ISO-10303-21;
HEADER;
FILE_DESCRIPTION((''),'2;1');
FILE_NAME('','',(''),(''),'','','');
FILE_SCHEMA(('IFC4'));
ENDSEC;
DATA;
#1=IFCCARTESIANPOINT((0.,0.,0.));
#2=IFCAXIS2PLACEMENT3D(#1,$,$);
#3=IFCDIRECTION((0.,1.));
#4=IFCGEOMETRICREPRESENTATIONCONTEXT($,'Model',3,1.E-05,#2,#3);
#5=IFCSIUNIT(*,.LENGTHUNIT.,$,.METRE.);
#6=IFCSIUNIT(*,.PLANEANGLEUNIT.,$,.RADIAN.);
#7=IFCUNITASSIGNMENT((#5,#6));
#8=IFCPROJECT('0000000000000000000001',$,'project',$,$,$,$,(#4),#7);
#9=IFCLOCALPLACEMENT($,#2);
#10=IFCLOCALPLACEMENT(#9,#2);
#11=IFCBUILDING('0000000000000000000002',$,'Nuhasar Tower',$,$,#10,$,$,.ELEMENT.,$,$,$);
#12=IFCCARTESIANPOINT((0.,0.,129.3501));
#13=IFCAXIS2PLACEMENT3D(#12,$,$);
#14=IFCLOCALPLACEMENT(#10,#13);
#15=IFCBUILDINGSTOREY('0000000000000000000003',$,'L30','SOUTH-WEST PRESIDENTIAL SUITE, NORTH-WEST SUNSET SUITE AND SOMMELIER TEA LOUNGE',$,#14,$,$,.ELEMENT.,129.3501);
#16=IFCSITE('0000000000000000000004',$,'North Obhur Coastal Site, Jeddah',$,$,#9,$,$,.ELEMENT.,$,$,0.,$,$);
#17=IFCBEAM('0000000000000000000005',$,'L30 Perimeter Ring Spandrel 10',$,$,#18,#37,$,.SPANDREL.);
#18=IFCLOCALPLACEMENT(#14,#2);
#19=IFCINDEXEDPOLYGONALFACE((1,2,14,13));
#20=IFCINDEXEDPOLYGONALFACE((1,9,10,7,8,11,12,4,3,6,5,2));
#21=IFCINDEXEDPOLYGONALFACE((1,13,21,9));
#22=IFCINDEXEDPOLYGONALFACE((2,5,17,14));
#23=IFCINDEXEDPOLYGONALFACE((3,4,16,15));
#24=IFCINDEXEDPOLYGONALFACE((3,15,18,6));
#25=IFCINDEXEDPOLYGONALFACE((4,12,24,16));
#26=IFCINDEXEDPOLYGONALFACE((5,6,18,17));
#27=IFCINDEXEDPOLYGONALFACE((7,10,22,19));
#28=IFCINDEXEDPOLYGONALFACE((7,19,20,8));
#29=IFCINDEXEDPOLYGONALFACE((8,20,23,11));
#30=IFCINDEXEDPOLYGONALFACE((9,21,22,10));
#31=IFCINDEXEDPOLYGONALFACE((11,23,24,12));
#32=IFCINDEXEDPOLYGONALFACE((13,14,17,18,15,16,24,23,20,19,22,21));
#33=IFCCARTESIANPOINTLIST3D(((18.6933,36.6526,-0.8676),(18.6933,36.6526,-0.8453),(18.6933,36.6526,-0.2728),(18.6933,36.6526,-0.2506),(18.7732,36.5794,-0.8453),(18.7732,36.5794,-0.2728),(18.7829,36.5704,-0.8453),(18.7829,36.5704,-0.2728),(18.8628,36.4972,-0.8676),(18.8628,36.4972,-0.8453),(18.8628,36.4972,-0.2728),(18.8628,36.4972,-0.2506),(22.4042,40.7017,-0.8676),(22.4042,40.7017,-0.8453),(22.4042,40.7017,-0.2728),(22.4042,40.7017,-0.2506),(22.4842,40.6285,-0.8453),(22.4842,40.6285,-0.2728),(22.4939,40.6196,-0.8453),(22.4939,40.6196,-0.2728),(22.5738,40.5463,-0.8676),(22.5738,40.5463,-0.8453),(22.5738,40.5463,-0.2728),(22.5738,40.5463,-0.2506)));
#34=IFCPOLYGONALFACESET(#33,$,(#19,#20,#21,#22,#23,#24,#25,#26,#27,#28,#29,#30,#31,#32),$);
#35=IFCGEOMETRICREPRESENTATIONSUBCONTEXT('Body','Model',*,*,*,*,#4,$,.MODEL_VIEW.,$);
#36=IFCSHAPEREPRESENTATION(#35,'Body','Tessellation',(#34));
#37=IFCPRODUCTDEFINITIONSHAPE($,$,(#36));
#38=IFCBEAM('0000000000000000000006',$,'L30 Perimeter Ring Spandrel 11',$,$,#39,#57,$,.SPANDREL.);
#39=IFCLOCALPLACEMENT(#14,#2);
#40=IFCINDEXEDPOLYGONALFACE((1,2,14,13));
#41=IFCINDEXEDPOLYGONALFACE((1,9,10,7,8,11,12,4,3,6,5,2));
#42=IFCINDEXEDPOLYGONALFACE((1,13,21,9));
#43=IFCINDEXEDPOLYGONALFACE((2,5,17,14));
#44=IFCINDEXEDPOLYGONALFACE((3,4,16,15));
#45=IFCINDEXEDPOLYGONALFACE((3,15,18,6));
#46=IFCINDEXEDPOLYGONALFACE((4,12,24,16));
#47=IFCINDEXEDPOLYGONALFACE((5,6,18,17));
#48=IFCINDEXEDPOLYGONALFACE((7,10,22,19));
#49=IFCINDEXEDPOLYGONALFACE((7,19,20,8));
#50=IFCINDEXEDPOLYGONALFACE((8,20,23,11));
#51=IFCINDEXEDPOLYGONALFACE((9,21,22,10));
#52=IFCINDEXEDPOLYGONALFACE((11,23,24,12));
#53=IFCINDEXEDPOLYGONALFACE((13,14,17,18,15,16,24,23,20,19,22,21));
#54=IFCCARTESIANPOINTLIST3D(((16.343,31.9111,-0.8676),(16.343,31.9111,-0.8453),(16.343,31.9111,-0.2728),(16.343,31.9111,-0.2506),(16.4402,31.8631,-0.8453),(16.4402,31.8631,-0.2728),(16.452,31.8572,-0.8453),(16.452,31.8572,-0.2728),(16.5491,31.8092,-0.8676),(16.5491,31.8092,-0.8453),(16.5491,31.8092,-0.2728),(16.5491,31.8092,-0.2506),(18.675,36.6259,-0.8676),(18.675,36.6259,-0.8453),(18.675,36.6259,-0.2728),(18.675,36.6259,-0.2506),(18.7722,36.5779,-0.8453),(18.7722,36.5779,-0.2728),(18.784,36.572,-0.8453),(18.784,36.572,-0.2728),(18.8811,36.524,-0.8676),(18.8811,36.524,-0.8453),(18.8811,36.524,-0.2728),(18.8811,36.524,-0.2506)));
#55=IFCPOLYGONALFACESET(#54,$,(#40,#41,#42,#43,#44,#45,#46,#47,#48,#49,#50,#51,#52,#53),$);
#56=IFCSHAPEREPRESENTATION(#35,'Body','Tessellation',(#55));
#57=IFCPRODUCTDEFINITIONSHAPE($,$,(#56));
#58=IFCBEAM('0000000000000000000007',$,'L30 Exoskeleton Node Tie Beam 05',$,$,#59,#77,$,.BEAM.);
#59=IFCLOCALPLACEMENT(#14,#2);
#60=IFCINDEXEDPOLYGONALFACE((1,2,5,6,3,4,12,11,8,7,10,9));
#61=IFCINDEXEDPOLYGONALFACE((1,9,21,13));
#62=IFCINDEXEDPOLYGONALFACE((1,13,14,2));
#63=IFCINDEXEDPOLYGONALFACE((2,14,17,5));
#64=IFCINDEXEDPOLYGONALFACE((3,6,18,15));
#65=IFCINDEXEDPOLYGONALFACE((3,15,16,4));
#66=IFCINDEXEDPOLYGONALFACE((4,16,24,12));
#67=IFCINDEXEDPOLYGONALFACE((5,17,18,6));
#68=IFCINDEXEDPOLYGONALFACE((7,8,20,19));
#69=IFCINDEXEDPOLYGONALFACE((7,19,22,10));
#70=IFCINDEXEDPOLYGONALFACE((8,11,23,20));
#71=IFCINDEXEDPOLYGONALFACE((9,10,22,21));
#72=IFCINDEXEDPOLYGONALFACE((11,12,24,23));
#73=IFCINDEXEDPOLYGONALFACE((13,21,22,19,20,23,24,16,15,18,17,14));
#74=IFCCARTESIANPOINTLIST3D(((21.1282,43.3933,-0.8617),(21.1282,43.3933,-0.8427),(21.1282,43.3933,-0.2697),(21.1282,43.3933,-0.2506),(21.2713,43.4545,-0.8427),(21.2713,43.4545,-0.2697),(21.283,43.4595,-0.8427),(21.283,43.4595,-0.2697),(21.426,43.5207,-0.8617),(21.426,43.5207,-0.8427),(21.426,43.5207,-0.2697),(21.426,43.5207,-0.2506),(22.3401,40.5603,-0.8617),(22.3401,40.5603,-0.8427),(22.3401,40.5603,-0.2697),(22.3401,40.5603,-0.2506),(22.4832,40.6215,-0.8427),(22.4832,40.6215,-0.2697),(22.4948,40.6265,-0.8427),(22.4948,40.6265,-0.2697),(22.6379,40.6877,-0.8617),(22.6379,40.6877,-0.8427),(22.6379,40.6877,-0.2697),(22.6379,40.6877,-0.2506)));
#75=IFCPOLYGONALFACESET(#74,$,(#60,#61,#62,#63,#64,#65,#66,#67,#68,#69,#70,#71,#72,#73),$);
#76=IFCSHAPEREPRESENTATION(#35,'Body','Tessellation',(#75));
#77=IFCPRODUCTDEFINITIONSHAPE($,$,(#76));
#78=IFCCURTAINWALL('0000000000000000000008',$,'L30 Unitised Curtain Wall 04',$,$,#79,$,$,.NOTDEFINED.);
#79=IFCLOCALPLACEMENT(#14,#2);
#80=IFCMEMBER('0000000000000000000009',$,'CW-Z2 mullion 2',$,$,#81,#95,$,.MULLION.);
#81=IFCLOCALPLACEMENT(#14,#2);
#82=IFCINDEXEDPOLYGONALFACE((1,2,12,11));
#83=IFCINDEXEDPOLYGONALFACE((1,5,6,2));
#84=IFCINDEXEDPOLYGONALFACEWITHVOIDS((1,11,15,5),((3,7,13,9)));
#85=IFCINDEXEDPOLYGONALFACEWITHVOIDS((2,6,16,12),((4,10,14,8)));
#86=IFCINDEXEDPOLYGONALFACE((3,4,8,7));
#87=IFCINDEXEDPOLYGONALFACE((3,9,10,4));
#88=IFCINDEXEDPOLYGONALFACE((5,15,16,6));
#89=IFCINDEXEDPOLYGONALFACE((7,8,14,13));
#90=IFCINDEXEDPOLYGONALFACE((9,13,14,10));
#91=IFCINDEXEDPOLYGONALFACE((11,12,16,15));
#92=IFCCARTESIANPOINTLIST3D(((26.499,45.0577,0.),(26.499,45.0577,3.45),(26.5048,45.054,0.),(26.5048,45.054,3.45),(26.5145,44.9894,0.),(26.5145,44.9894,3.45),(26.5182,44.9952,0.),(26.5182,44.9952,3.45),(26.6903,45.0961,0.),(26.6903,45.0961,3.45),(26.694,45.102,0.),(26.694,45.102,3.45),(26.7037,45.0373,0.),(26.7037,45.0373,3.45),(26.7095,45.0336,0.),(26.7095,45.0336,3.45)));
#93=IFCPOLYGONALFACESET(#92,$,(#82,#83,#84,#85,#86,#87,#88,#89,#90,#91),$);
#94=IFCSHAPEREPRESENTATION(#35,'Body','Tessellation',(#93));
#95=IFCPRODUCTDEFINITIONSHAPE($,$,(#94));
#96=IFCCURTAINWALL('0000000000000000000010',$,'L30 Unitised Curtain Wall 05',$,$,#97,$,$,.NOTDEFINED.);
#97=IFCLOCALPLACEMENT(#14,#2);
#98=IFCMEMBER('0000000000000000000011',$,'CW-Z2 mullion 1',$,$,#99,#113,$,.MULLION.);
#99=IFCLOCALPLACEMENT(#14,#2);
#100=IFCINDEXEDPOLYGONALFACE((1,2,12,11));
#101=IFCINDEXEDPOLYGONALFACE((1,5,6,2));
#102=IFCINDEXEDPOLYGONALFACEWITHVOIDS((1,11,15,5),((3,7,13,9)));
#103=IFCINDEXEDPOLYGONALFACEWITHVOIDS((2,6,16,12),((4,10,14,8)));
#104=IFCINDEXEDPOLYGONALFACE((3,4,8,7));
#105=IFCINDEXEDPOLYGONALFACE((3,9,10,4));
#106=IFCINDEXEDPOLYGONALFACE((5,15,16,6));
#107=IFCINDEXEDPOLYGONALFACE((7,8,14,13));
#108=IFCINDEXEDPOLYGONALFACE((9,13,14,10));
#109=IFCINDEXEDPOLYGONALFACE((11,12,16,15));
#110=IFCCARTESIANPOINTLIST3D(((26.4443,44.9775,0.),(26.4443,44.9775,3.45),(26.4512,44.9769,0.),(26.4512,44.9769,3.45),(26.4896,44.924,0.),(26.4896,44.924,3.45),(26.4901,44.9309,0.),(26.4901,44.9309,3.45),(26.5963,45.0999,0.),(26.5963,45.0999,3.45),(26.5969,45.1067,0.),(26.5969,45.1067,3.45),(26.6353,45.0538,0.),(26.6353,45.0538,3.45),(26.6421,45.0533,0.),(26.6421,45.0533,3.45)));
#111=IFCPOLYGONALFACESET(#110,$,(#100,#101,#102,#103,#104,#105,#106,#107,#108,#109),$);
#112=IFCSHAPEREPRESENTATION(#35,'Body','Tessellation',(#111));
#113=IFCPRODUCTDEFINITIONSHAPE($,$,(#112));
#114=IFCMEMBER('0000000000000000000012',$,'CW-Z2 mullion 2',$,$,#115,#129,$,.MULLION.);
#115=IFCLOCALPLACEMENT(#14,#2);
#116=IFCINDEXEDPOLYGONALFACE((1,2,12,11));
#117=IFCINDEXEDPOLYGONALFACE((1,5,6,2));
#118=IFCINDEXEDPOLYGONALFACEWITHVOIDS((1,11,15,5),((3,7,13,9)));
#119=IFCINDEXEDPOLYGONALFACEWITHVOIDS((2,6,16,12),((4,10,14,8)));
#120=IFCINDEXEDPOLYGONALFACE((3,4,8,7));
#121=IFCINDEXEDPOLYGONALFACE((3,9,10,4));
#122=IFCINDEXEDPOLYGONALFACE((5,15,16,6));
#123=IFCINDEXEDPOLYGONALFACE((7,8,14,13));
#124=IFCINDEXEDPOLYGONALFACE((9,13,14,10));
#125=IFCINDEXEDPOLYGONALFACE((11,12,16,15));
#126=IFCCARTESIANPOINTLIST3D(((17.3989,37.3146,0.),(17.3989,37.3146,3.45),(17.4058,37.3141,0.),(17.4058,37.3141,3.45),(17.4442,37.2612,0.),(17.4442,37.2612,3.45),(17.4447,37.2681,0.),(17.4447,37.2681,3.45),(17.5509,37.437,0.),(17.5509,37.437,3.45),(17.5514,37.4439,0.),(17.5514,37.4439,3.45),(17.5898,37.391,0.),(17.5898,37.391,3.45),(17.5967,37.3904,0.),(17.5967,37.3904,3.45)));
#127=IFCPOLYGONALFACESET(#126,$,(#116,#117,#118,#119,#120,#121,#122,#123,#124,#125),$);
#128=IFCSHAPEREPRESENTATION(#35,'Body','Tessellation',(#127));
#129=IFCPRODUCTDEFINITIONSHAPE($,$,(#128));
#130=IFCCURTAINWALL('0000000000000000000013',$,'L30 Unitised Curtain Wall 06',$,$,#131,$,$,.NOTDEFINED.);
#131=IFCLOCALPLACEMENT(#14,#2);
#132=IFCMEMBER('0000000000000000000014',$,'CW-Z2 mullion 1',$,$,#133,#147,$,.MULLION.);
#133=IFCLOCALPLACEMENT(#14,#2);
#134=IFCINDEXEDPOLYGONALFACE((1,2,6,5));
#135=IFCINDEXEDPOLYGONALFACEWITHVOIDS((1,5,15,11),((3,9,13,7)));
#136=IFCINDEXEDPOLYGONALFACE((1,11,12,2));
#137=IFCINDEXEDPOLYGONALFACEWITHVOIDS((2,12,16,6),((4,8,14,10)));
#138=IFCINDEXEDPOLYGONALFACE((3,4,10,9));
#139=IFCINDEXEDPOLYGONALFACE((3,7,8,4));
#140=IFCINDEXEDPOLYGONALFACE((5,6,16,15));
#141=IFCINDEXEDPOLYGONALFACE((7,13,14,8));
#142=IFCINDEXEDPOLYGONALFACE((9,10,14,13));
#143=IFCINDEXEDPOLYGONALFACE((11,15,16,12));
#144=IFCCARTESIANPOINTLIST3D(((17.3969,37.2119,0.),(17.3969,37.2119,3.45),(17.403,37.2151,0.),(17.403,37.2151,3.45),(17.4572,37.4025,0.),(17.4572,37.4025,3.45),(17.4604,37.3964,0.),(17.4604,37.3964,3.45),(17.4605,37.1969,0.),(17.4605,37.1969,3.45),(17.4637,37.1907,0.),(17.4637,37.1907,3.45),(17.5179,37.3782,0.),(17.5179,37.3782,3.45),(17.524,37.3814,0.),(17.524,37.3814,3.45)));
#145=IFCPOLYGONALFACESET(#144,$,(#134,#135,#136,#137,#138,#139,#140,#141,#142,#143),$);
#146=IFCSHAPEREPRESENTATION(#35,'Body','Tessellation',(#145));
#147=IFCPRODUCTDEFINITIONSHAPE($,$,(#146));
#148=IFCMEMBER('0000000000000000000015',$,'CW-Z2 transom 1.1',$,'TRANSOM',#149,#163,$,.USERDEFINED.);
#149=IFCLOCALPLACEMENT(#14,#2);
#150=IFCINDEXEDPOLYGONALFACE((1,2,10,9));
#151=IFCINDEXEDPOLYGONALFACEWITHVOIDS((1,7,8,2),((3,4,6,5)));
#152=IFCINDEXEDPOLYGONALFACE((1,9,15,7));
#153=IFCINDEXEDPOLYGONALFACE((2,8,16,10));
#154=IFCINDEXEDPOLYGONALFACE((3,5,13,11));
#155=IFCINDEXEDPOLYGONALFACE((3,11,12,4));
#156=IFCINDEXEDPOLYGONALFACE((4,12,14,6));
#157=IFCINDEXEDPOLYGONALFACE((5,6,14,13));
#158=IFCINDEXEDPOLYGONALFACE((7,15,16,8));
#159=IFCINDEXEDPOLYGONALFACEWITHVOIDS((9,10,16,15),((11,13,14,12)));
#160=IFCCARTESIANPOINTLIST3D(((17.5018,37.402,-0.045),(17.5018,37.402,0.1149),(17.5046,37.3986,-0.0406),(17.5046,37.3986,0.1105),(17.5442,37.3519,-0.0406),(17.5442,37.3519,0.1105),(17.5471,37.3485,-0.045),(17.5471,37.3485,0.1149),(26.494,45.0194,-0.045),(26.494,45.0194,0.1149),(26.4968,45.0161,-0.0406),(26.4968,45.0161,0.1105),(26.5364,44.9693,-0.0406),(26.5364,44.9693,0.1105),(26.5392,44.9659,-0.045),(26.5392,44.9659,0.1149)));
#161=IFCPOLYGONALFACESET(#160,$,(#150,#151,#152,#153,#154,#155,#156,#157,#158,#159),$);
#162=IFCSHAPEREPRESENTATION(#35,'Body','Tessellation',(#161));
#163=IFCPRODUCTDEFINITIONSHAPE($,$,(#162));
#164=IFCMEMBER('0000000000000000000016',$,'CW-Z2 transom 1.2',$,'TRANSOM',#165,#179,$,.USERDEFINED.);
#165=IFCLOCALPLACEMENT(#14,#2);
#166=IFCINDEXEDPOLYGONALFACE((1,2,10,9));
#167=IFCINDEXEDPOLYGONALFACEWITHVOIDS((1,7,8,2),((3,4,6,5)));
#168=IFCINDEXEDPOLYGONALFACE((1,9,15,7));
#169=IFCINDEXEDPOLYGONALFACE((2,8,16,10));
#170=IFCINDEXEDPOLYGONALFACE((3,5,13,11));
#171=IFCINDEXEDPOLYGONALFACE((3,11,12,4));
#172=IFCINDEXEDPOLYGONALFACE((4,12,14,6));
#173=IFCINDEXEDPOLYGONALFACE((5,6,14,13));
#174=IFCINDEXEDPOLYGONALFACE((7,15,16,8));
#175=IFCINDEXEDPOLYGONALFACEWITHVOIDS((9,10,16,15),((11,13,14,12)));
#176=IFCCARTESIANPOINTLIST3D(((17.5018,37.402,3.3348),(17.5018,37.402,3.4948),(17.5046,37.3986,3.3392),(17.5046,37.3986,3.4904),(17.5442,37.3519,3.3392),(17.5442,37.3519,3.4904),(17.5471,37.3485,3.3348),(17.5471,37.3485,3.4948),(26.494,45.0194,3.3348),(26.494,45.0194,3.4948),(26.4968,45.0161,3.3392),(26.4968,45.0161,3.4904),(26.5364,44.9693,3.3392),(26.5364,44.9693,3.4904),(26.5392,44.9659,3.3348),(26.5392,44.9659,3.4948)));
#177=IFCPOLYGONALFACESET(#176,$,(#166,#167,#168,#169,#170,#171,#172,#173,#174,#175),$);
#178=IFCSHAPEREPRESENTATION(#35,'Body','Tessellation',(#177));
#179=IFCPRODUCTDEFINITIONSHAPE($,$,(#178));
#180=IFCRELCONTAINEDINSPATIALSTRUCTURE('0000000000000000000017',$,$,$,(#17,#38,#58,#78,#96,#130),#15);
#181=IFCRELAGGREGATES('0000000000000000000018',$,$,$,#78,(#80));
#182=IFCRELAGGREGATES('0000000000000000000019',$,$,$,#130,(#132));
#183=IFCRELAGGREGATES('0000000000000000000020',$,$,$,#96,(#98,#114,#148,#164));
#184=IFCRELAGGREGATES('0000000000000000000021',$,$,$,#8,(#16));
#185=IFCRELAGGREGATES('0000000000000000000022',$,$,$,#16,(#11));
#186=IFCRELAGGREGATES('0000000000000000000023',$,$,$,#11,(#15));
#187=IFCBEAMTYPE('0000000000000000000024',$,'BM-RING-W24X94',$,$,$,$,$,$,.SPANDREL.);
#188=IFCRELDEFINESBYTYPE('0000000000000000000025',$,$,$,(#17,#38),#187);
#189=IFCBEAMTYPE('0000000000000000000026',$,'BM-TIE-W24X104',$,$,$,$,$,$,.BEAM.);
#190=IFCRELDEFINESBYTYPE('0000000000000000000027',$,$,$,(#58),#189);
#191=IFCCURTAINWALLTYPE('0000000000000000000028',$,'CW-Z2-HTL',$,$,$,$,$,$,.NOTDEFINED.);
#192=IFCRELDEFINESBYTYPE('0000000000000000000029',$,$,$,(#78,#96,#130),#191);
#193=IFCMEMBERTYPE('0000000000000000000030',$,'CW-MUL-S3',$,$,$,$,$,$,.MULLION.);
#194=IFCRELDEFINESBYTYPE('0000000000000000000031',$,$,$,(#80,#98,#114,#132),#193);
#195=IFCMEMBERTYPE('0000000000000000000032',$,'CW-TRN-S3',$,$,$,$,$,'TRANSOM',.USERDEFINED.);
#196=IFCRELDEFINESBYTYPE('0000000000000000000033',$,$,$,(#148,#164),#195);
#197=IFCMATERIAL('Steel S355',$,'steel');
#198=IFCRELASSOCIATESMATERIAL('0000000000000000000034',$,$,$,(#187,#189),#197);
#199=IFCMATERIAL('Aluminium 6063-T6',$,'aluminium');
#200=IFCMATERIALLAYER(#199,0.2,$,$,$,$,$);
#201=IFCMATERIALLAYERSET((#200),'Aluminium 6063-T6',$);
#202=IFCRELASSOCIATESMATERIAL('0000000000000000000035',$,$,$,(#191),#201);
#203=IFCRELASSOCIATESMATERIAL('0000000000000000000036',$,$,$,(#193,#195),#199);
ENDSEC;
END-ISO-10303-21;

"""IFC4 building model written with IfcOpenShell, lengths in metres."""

from ifc_helpers import new_model, si_unit, direction, frame, origin, origin_2d, place, context, subcontext, project, spatial, hollow_rectangle, i_section, extrude, material, layer, layer_set, material_profile, profile_set, type_object, element, aggregate, save


model = new_model("IFC4")

# Units and contexts
model_context = context("Model", 3, precision=1e-05, world=origin(), true_north=direction((0.0, 1.0)))
body_context = subcontext(model_context, "Body", "Model", "MODEL_VIEW")
ifc_project = project(units=[si_unit("LENGTHUNIT", "METRE"), si_unit("PLANEANGLEUNIT", "RADIAN")], contexts=[model_context])

# Site, building, storey
site_placement = place(None, origin())
site = spatial("IfcSite", under=ifc_project, at=site_placement, Name="North Obhur Coastal Site, Jeddah", CompositionType="ELEMENT", RefElevation=0.0)
building_placement = place(site_placement, origin())
building = spatial("IfcBuilding", under=site, at=building_placement, Name="Nuhasar Tower", CompositionType="ELEMENT")
storey_placement = place(building_placement, frame((0.0, 0.0, 129.3501)))
storey = spatial("IfcBuildingStorey", under=building, at=storey_placement, Name="L30", Description="SOUTH-WEST PRESIDENTIAL SUITE, NORTH-WEST SUNSET SUITE AND SOMMELIER TEA LOUNGE", CompositionType="ELEMENT", Elevation=129.3501)

# Beams
ifc_material_1 = material(Name="Steel S355", Category="steel")
ifc_material_profile_1 = material_profile(ifc_material_1, i_section(OverallWidth=0.23, OverallDepth=0.6169, WebThickness=0.0132, FlangeThickness=0.0222, at=origin_2d()), Name="W24X94")
ifc_profile_set_1 = profile_set([ifc_material_profile_1], Name="Steel S355")
beam_type_1 = type_object("IfcBeamType", Name="BM-RING-W24X94", PredefinedType="SPANDREL", material=ifc_profile_set_1)
beam_1_placement = place(storey_placement, frame((22.489, 40.624, -0.5591), z_axis=(-0.675654, -0.737219, 0.0), x_axis=(0.737219, -0.675654, 0.0)))
element("IfcBeam", 1, at=beam_1_placement, inside=storey, type_object=beam_type_1, Name="L30 Perimeter Ring Spandrel 10", PredefinedType="SPANDREL", context=body_context, shape_type="SweptSolid", body=[
    extrude(i_section(OverallWidth=0.23, OverallDepth=0.6169, WebThickness=0.0132, FlangeThickness=0.0222, at=origin_2d()), origin(), (0.0, 0.0, 1.0), 5.4924),
])
beam_2_placement = place(storey_placement, frame((18.7781, 36.575, -0.5591), z_axis=(-0.443348, -0.89635, 0.0), x_axis=(0.89635, -0.443348, 0.0)))
element("IfcBeam", 2, at=beam_2_placement, inside=storey, type_object=beam_type_1, Name="L30 Perimeter Ring Spandrel 11", PredefinedType="SPANDREL", context=body_context, shape_type="SweptSolid", body=[
    extrude(i_section(OverallWidth=0.23, OverallDepth=0.6169, WebThickness=0.0132, FlangeThickness=0.0222, at=origin_2d()), origin(), (0.0, 0.0, 1.0), 5.26),
])
ifc_material_profile_2 = material_profile(ifc_material_1, i_section(OverallWidth=0.324, OverallDepth=0.6111, WebThickness=0.0127, FlangeThickness=0.019, at=origin_2d()), Name="W24X104")
ifc_profile_set_2 = profile_set([ifc_material_profile_2], Name="Steel S355")
beam_type_2 = type_object("IfcBeamType", Name="BM-TIE-W24X104", PredefinedType="BEAM", material=ifc_profile_set_2)
beam_3_placement = place(storey_placement, frame((22.489, 40.624, -0.5562), z_axis=(-0.393307, 0.919407, 0.0), x_axis=(-0.919407, -0.393307, 0.0)))
element("IfcBeam", 3, at=beam_3_placement, inside=storey, type_object=beam_type_2, Name="L30 Exoskeleton Node Tie Beam 05", PredefinedType="BEAM", context=body_context, shape_type="SweptSolid", body=[
    extrude(i_section(OverallWidth=0.324, OverallDepth=0.6111, WebThickness=0.0127, FlangeThickness=0.019, at=origin_2d()), origin(), (0.0, 0.0, 1.0), 3.0813),
])

# Curtain wall, member
ifc_material_2 = material(Name="Aluminium 6063-T6", Category="aluminium")
ifc_layer_1 = layer(ifc_material_2, 0.2)
ifc_layer_set_1 = layer_set([ifc_layer_1], Name="Aluminium 6063-T6")
curtain_wall_type = type_object("IfcCurtainWallType", Name="CW-Z2-HTL", PredefinedType="NOTDEFINED", material=ifc_layer_set_1)
curtain_wall_1_placement = place(storey_placement, origin())
curtain_wall_1 = element("IfcCurtainWall", 4, at=curtain_wall_1_placement, inside=storey, type_object=curtain_wall_type, Name="L30 Unitised Curtain Wall 04", PredefinedType="NOTDEFINED")
ifc_material_profile_3 = material_profile(ifc_material_2, hollow_rectangle(XDim=0.0701, YDim=0.2, WallThickness=0.0049, at=origin_2d()), Name="CWM-3")
ifc_profile_set_3 = profile_set([ifc_material_profile_3], Name="Aluminium 6063-T6")
member_type_1 = type_object("IfcMemberType", Name="CW-MUL-S3", PredefinedType="MULLION", material=ifc_profile_set_3)
member_1_placement = place(storey_placement, frame((26.6042, 45.0457, 0.0), z_axis=(0.0, 0.0, 1.0), x_axis=(0.221397, -0.975184, 0.0)))
member_1 = element("IfcMember", 5, at=member_1_placement, type_object=member_type_1, Name="CW-Z2 mullion 2", PredefinedType="MULLION", context=body_context, shape_type="SweptSolid", body=[
    extrude(hollow_rectangle(XDim=0.0701, YDim=0.2, WallThickness=0.0049, at=origin_2d()), origin(), (0.0, 0.0, 1.0), 3.45),
])
aggregate(curtain_wall_1, [member_1])

# Curtain wall, members
curtain_wall_2_placement = place(storey_placement, origin())
curtain_wall_2 = element("IfcCurtainWall", 6, at=curtain_wall_2_placement, inside=storey, type_object=curtain_wall_type, Name="L30 Unitised Curtain Wall 05", PredefinedType="NOTDEFINED")
member_2_placement = place(storey_placement, frame((26.5432, 45.0154, 0.0), z_axis=(0.0, 0.0, 1.0), x_axis=(0.646374, -0.76302, 0.0)))
member_2 = element("IfcMember", 7, at=member_2_placement, type_object=member_type_1, Name="CW-Z2 mullion 1", PredefinedType="MULLION", context=body_context, shape_type="SweptSolid", body=[
    extrude(hollow_rectangle(XDim=0.0701, YDim=0.2, WallThickness=0.0049, at=origin_2d()), origin(), (0.0, 0.0, 1.0), 3.45),
])
member_3_placement = place(storey_placement, frame((17.4978, 37.3525, 0.0), z_axis=(0.0, 0.0, 1.0), x_axis=(0.646374, -0.76302, 0.0)))
member_3 = element("IfcMember", 8, at=member_3_placement, type_object=member_type_1, Name="CW-Z2 mullion 2", PredefinedType="MULLION", context=body_context, shape_type="SweptSolid", body=[
    extrude(hollow_rectangle(XDim=0.0701, YDim=0.2, WallThickness=0.0049, at=origin_2d()), origin(), (0.0, 0.0, 1.0), 3.45),
])

# Curtain wall, member
curtain_wall_3_placement = place(storey_placement, origin())
curtain_wall_3 = element("IfcCurtainWall", 9, at=curtain_wall_3_placement, inside=storey, type_object=curtain_wall_type, Name="L30 Unitised Curtain Wall 06", PredefinedType="NOTDEFINED")
member_4_placement = place(storey_placement, frame((17.4604, 37.2966, 0.0), z_axis=(0.0, 0.0, 1.0), x_axis=(0.953433, -0.301604, 0.0)))
member_4 = element("IfcMember", 10, at=member_4_placement, type_object=member_type_1, Name="CW-Z2 mullion 1", PredefinedType="MULLION", context=body_context, shape_type="SweptSolid", body=[
    extrude(hollow_rectangle(XDim=0.0701, YDim=0.2, WallThickness=0.0049, at=origin_2d()), origin(), (0.0, 0.0, 1.0), 3.45),
])

# Members
ifc_material_profile_4 = material_profile(ifc_material_2, hollow_rectangle(XDim=0.0701, YDim=0.1599, WallThickness=0.0044, at=origin_2d()), Name="CWT-3")
ifc_profile_set_4 = profile_set([ifc_material_profile_4], Name="Aluminium 6063-T6")
member_type_2 = type_object("IfcMemberType", Name="CW-TRN-S3", ElementType="TRANSOM", PredefinedType="USERDEFINED", material=ifc_profile_set_4)
member_5_placement = place(storey_placement, frame((26.5166, 44.9927, 0.0349), z_axis=(-0.763024, -0.64637, 0.0), x_axis=(0.64637, -0.763024, 0.0)))
member_5 = element("IfcMember", 11, at=member_5_placement, type_object=member_type_2, Name="CW-Z2 transom 1.1", ObjectType="TRANSOM", PredefinedType="USERDEFINED", context=body_context, shape_type="SweptSolid", body=[
    extrude(hollow_rectangle(XDim=0.0701, YDim=0.1599, WallThickness=0.0044, at=origin_2d()), origin(), (0.0, 0.0, 1.0), 11.7849),
])
member_6_placement = place(storey_placement, frame((26.5166, 44.9927, 3.4148), z_axis=(-0.763024, -0.64637, 0.0), x_axis=(0.64637, -0.763024, 0.0)))
member_6 = element("IfcMember", 12, at=member_6_placement, type_object=member_type_2, Name="CW-Z2 transom 1.2", ObjectType="TRANSOM", PredefinedType="USERDEFINED", context=body_context, shape_type="SweptSolid", body=[
    extrude(hollow_rectangle(XDim=0.0701, YDim=0.1599, WallThickness=0.0044, at=origin_2d()), origin(), (0.0, 0.0, 1.0), 11.7849),
])
aggregate(curtain_wall_3, [member_4])

aggregate(curtain_wall_2, [member_2, member_3, member_5, member_6])

save(model, "model.ifc")
